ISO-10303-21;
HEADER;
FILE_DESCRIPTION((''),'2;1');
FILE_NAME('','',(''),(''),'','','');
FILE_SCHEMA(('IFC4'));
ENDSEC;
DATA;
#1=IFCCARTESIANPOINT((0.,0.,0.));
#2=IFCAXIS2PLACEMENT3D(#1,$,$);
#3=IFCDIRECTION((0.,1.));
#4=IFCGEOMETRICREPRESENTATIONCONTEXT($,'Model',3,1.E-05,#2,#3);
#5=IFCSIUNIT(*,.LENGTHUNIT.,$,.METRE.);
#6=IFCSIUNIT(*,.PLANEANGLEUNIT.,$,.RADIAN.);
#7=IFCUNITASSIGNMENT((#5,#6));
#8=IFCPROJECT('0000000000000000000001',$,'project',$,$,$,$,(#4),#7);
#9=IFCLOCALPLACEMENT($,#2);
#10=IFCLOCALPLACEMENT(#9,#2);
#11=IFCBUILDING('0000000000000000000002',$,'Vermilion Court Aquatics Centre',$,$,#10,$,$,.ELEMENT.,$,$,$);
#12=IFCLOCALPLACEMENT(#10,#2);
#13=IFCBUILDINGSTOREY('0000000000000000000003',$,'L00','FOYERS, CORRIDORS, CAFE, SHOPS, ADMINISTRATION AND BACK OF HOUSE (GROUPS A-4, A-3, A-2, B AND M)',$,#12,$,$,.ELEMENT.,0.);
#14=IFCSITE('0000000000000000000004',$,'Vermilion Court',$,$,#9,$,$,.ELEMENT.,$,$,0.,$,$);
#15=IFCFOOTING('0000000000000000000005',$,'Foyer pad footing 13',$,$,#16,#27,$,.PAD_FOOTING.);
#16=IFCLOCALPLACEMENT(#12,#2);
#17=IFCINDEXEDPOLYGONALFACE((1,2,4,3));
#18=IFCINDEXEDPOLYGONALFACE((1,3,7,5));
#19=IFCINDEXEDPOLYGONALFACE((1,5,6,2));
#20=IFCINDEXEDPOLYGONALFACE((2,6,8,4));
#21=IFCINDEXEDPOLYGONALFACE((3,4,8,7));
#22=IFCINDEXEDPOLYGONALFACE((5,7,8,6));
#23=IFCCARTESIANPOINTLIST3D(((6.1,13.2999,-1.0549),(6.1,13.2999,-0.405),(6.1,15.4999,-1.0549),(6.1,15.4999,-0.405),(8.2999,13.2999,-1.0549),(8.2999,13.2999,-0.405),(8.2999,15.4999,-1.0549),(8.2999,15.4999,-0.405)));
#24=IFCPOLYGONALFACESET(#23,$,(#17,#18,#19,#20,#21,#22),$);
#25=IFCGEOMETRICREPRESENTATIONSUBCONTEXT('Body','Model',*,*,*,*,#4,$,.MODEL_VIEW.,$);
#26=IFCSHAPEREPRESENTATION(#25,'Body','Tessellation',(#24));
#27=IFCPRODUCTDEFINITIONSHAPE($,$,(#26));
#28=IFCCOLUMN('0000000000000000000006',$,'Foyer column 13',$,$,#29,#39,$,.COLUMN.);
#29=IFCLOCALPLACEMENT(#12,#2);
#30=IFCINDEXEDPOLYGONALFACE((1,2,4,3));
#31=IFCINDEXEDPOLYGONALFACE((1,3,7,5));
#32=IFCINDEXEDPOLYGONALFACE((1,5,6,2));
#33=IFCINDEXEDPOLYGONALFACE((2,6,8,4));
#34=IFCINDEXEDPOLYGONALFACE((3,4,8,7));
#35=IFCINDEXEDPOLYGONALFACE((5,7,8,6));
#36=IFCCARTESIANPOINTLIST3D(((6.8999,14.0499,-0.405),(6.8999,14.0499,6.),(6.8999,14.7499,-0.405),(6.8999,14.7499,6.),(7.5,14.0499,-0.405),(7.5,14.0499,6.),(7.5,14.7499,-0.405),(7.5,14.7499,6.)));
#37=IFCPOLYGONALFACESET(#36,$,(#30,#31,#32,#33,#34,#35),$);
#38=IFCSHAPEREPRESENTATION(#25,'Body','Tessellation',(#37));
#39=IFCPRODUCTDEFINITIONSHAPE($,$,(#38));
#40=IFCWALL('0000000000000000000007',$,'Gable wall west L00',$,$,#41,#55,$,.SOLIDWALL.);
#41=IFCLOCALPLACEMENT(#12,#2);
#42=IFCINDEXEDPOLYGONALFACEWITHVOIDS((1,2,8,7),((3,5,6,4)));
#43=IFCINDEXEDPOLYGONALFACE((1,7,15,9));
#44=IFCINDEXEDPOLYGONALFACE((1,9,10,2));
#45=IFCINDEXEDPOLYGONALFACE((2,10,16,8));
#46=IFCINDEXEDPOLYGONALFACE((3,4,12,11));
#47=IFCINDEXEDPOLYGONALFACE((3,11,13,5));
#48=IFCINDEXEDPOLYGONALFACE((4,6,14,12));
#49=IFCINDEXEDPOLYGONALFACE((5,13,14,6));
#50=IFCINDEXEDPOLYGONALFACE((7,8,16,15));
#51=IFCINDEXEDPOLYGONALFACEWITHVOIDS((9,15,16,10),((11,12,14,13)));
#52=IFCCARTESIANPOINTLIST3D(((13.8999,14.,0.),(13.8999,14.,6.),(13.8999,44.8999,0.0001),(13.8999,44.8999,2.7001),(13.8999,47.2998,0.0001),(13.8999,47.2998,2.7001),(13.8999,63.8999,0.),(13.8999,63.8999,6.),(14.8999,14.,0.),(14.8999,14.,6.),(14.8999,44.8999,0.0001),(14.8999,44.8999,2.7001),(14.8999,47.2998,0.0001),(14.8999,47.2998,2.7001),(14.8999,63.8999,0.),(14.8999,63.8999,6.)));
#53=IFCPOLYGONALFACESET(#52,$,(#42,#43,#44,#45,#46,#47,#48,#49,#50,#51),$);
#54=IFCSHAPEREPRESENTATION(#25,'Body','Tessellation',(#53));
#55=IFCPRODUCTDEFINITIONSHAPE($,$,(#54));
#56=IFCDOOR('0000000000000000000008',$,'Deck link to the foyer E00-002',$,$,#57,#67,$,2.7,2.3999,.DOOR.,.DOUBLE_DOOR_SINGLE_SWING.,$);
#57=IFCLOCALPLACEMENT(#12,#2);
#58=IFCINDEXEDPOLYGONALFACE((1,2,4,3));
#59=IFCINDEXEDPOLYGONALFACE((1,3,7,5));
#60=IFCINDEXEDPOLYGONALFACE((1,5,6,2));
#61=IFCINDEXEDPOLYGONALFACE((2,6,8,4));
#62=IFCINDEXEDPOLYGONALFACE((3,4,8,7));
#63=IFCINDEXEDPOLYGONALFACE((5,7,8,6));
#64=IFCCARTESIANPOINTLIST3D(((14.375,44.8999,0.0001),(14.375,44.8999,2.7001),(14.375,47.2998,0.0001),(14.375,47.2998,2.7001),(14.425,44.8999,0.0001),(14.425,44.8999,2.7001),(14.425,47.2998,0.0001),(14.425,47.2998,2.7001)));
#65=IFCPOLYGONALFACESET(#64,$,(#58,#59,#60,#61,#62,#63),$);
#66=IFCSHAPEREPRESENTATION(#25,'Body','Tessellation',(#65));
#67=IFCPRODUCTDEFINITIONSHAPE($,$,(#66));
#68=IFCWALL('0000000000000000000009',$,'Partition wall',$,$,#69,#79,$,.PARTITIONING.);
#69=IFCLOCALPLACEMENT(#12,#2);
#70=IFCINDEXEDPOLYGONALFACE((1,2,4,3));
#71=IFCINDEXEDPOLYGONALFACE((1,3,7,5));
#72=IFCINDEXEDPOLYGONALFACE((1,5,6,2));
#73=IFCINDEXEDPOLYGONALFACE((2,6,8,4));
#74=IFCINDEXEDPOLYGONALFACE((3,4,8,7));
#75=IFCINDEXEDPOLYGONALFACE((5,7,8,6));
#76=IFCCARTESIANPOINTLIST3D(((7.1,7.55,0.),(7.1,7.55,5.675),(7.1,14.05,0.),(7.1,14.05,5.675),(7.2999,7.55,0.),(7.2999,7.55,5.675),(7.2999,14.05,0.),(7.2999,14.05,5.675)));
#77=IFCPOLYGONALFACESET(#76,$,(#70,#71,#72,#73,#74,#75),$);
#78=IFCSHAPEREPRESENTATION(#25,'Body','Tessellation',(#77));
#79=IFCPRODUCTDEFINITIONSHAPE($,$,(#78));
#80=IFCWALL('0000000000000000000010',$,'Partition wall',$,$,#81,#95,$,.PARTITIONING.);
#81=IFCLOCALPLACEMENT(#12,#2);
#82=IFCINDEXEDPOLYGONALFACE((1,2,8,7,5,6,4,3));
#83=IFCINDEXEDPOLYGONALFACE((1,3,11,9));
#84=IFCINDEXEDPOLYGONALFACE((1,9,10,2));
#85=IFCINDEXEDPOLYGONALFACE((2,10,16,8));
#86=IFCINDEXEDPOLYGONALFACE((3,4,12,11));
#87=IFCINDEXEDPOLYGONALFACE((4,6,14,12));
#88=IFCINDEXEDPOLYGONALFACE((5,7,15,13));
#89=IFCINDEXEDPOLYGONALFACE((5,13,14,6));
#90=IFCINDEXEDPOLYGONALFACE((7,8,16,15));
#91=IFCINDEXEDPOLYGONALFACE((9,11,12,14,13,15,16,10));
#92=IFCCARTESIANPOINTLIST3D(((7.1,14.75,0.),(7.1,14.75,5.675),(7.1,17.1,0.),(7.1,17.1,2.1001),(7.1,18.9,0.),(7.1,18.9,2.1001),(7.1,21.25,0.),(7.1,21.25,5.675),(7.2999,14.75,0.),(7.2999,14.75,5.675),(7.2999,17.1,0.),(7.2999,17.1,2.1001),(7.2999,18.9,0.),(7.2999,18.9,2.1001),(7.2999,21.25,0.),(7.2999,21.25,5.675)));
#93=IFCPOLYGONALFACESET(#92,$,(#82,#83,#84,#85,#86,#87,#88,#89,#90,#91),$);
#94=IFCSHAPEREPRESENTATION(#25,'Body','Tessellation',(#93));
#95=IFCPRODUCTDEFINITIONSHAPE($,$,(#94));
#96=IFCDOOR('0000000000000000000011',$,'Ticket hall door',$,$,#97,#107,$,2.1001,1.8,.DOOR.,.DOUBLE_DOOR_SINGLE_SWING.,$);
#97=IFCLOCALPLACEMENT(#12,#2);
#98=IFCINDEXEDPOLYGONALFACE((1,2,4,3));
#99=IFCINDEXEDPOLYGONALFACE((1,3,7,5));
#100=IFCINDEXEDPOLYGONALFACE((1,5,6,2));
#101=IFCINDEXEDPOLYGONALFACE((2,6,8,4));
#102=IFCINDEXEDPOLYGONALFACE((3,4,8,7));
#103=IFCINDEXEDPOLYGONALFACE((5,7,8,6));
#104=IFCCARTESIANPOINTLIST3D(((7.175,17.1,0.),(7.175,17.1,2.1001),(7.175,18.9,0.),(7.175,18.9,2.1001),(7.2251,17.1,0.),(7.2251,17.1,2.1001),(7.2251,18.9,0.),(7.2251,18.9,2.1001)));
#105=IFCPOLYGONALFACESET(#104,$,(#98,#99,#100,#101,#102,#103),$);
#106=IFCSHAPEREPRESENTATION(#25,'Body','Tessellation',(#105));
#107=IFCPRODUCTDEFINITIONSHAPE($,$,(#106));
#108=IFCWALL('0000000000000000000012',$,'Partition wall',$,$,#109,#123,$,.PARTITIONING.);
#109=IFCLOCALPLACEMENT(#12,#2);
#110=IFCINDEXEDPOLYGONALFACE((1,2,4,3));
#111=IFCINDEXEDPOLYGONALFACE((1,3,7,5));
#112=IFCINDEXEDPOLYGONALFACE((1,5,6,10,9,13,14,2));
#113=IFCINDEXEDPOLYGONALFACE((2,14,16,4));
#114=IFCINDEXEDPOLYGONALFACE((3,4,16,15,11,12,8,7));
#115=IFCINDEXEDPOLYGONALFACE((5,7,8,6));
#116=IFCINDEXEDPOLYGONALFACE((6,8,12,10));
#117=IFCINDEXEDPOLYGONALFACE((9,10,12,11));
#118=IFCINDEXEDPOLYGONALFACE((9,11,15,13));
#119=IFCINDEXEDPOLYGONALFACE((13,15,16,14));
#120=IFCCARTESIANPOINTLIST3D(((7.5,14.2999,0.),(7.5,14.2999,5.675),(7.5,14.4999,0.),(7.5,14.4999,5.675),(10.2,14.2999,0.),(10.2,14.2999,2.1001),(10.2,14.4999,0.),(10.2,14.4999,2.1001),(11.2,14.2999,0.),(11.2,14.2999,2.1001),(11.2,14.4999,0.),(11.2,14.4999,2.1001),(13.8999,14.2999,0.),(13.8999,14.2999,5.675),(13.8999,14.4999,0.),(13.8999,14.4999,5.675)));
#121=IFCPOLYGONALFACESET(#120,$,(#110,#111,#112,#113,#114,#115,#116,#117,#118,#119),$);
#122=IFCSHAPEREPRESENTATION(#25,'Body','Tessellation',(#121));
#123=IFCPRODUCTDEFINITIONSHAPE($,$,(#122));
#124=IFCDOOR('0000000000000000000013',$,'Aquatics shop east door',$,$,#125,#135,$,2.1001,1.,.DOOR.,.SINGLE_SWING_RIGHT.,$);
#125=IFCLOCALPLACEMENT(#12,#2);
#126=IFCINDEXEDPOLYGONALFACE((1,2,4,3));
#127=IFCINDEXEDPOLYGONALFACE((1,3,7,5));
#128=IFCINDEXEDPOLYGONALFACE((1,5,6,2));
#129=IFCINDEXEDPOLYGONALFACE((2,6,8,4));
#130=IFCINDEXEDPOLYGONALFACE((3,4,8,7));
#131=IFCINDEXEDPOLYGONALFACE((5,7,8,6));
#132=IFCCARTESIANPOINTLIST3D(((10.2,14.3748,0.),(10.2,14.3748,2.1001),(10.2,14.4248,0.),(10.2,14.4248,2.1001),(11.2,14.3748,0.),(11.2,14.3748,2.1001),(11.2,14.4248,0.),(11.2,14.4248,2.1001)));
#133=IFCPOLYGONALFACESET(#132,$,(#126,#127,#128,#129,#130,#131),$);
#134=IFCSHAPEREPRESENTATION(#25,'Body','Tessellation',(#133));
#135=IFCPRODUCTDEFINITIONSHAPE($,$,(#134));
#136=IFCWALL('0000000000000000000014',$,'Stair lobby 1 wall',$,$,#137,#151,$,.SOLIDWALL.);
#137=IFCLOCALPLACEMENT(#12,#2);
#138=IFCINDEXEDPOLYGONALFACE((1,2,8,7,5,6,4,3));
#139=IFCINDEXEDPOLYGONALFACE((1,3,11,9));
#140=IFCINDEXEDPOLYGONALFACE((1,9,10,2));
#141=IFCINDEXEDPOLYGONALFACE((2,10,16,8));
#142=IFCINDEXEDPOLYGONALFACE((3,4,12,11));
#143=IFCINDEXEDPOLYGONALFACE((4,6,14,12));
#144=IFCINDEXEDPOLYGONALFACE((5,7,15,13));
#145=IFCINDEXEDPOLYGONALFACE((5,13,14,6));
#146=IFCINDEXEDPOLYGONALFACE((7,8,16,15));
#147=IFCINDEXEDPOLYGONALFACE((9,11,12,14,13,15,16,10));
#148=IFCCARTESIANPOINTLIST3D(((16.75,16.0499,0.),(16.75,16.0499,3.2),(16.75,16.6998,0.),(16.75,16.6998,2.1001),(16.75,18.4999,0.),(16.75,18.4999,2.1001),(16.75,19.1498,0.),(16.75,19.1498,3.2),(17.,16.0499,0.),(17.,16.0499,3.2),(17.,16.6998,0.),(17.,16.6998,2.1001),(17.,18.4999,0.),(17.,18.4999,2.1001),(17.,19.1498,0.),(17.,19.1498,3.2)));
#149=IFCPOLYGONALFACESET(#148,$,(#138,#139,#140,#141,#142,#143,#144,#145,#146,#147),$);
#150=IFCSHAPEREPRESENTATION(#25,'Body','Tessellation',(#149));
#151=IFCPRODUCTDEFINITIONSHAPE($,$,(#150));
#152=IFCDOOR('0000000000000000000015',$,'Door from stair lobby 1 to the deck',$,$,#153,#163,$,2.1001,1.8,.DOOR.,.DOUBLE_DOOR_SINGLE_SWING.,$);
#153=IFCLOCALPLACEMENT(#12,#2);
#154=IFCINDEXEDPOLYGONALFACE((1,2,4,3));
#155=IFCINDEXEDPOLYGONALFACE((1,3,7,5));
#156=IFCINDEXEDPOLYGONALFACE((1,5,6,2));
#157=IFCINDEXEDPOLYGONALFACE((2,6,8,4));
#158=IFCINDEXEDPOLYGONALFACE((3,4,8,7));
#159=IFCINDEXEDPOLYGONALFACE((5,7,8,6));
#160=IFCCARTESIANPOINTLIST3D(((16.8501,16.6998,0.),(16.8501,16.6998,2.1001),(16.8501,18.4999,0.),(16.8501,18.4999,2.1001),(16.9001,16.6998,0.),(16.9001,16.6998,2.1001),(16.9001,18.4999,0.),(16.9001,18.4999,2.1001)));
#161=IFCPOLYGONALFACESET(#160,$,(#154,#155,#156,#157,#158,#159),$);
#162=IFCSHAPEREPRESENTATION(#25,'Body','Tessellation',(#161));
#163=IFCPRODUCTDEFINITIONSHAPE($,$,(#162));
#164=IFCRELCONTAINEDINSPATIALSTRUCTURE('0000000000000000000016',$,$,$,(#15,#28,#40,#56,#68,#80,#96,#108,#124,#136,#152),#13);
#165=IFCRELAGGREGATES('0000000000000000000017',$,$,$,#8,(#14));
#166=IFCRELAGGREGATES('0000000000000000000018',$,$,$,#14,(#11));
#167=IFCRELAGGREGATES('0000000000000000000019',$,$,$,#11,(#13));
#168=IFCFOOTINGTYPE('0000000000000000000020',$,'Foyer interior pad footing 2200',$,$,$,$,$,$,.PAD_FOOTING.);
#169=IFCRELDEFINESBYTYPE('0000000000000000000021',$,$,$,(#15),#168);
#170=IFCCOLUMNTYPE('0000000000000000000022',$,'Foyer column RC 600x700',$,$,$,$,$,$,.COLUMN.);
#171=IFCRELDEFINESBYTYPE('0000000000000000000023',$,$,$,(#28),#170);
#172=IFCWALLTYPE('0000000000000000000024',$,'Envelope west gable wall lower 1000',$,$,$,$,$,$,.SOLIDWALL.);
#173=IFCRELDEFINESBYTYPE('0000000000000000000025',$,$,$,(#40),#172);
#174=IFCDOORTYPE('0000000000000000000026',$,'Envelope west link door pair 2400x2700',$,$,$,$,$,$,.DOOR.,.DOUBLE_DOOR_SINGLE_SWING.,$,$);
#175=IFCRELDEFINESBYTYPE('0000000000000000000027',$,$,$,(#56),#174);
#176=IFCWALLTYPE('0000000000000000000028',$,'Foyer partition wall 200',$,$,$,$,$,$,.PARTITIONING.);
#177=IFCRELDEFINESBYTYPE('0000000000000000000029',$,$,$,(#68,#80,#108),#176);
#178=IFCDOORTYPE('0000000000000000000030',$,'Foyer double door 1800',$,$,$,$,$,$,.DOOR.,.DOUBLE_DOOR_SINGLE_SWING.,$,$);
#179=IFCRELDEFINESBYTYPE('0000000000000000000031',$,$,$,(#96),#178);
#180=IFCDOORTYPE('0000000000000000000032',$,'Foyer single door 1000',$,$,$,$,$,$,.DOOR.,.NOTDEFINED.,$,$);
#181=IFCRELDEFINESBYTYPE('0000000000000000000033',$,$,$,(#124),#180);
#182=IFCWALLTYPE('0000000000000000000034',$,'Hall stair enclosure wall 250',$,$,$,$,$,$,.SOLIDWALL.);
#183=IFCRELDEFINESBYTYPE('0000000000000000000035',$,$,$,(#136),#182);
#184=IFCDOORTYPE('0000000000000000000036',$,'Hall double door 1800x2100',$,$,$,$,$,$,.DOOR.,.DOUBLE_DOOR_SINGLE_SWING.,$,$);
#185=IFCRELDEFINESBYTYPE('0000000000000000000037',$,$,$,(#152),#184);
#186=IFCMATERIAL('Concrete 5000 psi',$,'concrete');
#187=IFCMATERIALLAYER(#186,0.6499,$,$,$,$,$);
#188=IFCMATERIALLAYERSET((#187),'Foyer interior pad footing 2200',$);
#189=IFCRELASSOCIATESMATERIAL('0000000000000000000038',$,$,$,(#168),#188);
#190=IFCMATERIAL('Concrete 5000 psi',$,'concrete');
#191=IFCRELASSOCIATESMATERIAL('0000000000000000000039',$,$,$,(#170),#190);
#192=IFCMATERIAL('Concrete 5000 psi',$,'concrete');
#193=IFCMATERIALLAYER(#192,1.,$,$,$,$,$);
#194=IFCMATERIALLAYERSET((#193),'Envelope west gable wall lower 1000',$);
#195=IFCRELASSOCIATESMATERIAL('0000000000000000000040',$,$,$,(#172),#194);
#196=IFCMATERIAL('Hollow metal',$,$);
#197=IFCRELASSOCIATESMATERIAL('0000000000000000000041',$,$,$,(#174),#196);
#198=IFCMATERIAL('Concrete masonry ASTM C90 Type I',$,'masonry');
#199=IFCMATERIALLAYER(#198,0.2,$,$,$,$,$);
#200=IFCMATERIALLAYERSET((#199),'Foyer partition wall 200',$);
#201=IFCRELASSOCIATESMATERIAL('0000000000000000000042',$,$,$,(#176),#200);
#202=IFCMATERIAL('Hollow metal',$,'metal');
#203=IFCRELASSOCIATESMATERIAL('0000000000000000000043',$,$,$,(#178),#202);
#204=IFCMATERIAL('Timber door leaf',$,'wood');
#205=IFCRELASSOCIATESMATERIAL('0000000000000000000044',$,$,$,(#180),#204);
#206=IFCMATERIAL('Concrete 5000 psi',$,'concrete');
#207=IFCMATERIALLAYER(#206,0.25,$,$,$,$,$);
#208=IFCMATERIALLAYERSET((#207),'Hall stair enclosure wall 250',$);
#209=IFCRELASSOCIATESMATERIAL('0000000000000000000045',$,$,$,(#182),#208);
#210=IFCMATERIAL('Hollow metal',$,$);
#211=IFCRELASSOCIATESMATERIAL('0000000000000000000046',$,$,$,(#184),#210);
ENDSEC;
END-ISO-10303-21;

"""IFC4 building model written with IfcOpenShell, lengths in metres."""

from ifc_helpers import new_model, si_unit, direction, frame, frame_2d, origin, origin_2d, place, context, subcontext, project, spatial, rectangle, extrude, material, layer, layer_set, material_profile, profile_set, type_object, element, fill, save


model = new_model("IFC4")

# Units and contexts
model_context = context("Model", 3, precision=1e-05, world=origin(), true_north=direction((0.0, 1.0)))
body_context = subcontext(model_context, "Body", "Model", "MODEL_VIEW")
ifc_project = project(units=[si_unit("LENGTHUNIT", "METRE"), si_unit("PLANEANGLEUNIT", "RADIAN")], contexts=[model_context])

# Site, building, storey
site_placement = place(None, origin())
site = spatial("IfcSite", under=ifc_project, at=site_placement, Name="Vermilion Court", CompositionType="ELEMENT", RefElevation=0.0)
building_placement = place(site_placement, origin())
building = spatial("IfcBuilding", under=site, at=building_placement, Name="Vermilion Court Aquatics Centre", CompositionType="ELEMENT")
storey_placement = place(building_placement, origin())
storey = spatial("IfcBuildingStorey", under=building, at=storey_placement, Name="L00", Description="FOYERS, CORRIDORS, CAFE, SHOPS, ADMINISTRATION AND BACK OF HOUSE (GROUPS A-4, A-3, A-2, B AND M)", CompositionType="ELEMENT", Elevation=0.0)

# Footing
ifc_material_1 = material(Name="Concrete 5000 psi", Category="concrete")
ifc_layer_1 = layer(ifc_material_1, 0.6499)
ifc_layer_set_1 = layer_set([ifc_layer_1], Name="Foyer interior pad footing 2200")
footing_type = type_object("IfcFootingType", Name="Foyer interior pad footing 2200", PredefinedType="PAD_FOOTING", material=ifc_layer_set_1)
footing_placement = place(storey_placement, frame((7.2, 14.3999, -1.0549), z_axis=(0.0, 0.0, 1.0), x_axis=(1.0, 0.0, 0.0)))
element("IfcFooting", 1, at=footing_placement, inside=storey, type_object=footing_type, Name="Foyer pad footing 13", PredefinedType="PAD_FOOTING", context=body_context, shape_type="SweptSolid", body=[
    extrude(rectangle(XDim=2.2, YDim=2.2, at=origin_2d()), origin(), (0.0, 0.0, 1.0), 0.6499),
])

# Column
ifc_material_2 = material(Name="Concrete 5000 psi", Category="concrete")
ifc_material_profile = material_profile(ifc_material_2, rectangle(XDim=0.6001, YDim=0.7, at=origin_2d()), Name="RC 600x700")
ifc_profile_set = profile_set([ifc_material_profile], Name="Concrete 5000 psi")
column_type = type_object("IfcColumnType", Name="Foyer column RC 600x700", PredefinedType="COLUMN", material=ifc_profile_set)
column_placement = place(storey_placement, frame((7.2, 14.3999, -0.405), z_axis=(0.0, 0.0, 1.0), x_axis=(1.0, 0.0, 0.0)))
element("IfcColumn", 2, at=column_placement, inside=storey, type_object=column_type, Name="Foyer column 13", PredefinedType="COLUMN", context=body_context, shape_type="SweptSolid", body=[
    extrude(rectangle(XDim=0.6001, YDim=0.7, at=origin_2d()), origin(), (0.0, 0.0, 1.0), 6.405),
])

# Wall, opening, door
ifc_material_3 = material(Name="Concrete 5000 psi", Category="concrete")
ifc_layer_2 = layer(ifc_material_3, 1.0)
ifc_layer_set_2 = layer_set([ifc_layer_2], Name="Envelope west gable wall lower 1000")
wall_type_1 = type_object("IfcWallType", Name="Envelope west gable wall lower 1000", PredefinedType="SOLIDWALL", material=ifc_layer_set_2)
wall_1_placement = place(storey_placement, frame((14.3999, 14.0, 0.0), z_axis=(0.0, 0.0, 1.0), x_axis=(0.0, 1.0, 0.0)))
wall_1 = element("IfcWall", 3, at=wall_1_placement, inside=storey, type_object=wall_type_1, Name="Gable wall west L00", PredefinedType="SOLIDWALL", context=body_context, shape_type="SweptSolid", body=[
    extrude(rectangle(XDim=49.8999, YDim=1.0, at=frame_2d((24.95, 0.0))), origin(), (0.0, 0.0, 1.0), 6.0),
])
opening_1_placement = place(wall_1_placement, frame((30.8999, 0.0, 0.0)))
opening_1 = element("IfcOpeningElement", 4, at=opening_1_placement, cuts=wall_1, PredefinedType="OPENING", context=body_context, shape_type="SweptSolid", body=[
    extrude(rectangle(XDim=2.3999, YDim=2.7, at=frame_2d((1.2, 1.3501))), frame((0.0, 0.51, 0.0), z_axis=(0.0, -1.0, 0.0), x_axis=(1.0, 0.0, 0.0)), (0.0, 0.0, 1.0), 1.02),
])
ifc_material_4 = material(Name="Hollow metal")
door_type_1 = type_object("IfcDoorType", Name="Envelope west link door pair 2400x2700", OperationType="DOUBLE_DOOR_SINGLE_SWING", PredefinedType="DOOR", material=ifc_material_4)
door_1_placement = place(opening_1_placement, origin())
door_1 = element("IfcDoor", 5, at=door_1_placement, inside=storey, type_object=door_type_1, Name="Deck link to the foyer E00-002", OperationType="DOUBLE_DOOR_SINGLE_SWING", OverallHeight=2.7, OverallWidth=2.3999, PredefinedType="DOOR", context=body_context, shape_type="SweptSolid", body=[
    extrude(rectangle(XDim=2.3999, YDim=2.7, at=frame_2d((1.2, 1.3501))), frame((0.0, 0.0249, 0.0), z_axis=(0.0, -1.0, 0.0), x_axis=(1.0, 0.0, 0.0)), (0.0, 0.0, 1.0), 0.05),
])
fill(opening_1, door_1)

# Wall
ifc_material_5 = material(Name="Concrete masonry ASTM C90 Type I", Category="masonry")
ifc_layer_3 = layer(ifc_material_5, 0.2)
ifc_layer_set_3 = layer_set([ifc_layer_3], Name="Foyer partition wall 200")
wall_type_2 = type_object("IfcWallType", Name="Foyer partition wall 200", PredefinedType="PARTITIONING", material=ifc_layer_set_3)
wall_2_placement = place(storey_placement, frame((7.2, 7.55, 0.0), z_axis=(0.0, 0.0, 1.0), x_axis=(0.0, 1.0, 0.0)))
element("IfcWall", 6, at=wall_2_placement, inside=storey, type_object=wall_type_2, Name="Partition wall", PredefinedType="PARTITIONING", context=body_context, shape_type="SweptSolid", body=[
    extrude(rectangle(XDim=6.5, YDim=0.2, at=frame_2d((3.25, 0.0))), origin(), (0.0, 0.0, 1.0), 5.675),
])

# Walls, openings, doors
wall_3_placement = place(storey_placement, frame((7.2, 14.75, 0.0), z_axis=(0.0, 0.0, 1.0), x_axis=(0.0, 1.0, 0.0)))
wall_3 = element("IfcWall", 7, at=wall_3_placement, inside=storey, type_object=wall_type_2, Name="Partition wall", PredefinedType="PARTITIONING", context=body_context, shape_type="SweptSolid", body=[
    extrude(rectangle(XDim=6.5, YDim=0.2, at=frame_2d((3.25, 0.0))), origin(), (0.0, 0.0, 1.0), 5.675),
])
opening_2_placement = place(wall_3_placement, frame((2.3501, 0.0, 0.0)))
opening_2 = element("IfcOpeningElement", 8, at=opening_2_placement, cuts=wall_3, PredefinedType="OPENING", context=body_context, shape_type="SweptSolid", body=[
    extrude(rectangle(XDim=1.8, YDim=2.1001, at=frame_2d((0.8999, 1.05))), frame((0.0, 0.1099, 0.0), z_axis=(0.0, -1.0, 0.0), x_axis=(1.0, 0.0, 0.0)), (0.0, 0.0, 1.0), 0.22),
])
ifc_material_6 = material(Name="Hollow metal", Category="metal")
door_type_2 = type_object("IfcDoorType", Name="Foyer double door 1800", OperationType="DOUBLE_DOOR_SINGLE_SWING", PredefinedType="DOOR", material=ifc_material_6)
door_2_placement = place(opening_2_placement, frame((1.8, 0.0, 0.0), z_axis=(0.0, 0.0, 1.0), x_axis=(-1.0, 0.0, 0.0)))
door_2 = element("IfcDoor", 9, at=door_2_placement, inside=storey, type_object=door_type_2, Name="Ticket hall door", OperationType="DOUBLE_DOOR_SINGLE_SWING", OverallHeight=2.1001, OverallWidth=1.8, PredefinedType="DOOR", context=body_context, shape_type="SweptSolid", body=[
    extrude(rectangle(XDim=1.8, YDim=2.1001, at=frame_2d((0.9001, 1.05))), frame((0.0, 0.0251, 0.0), z_axis=(0.0, -1.0, 0.0), x_axis=(1.0, 0.0, 0.0)), (0.0, 0.0, 1.0), 0.05),
])
fill(opening_2, door_2)
wall_4_placement = place(storey_placement, frame((7.5, 14.3999, 0.0), z_axis=(0.0, 0.0, 1.0), x_axis=(1.0, 0.0, 0.0)))
wall_4 = element("IfcWall", 10, at=wall_4_placement, inside=storey, type_object=wall_type_2, Name="Partition wall", PredefinedType="PARTITIONING", context=body_context, shape_type="SweptSolid", body=[
    extrude(rectangle(XDim=6.3999, YDim=0.2, at=frame_2d((3.2, 0.0))), origin(), (0.0, 0.0, 1.0), 5.675),
])
opening_3_placement = place(wall_4_placement, frame((2.7, 0.0, 0.0)))
opening_3 = element("IfcOpeningElement", 11, at=opening_3_placement, cuts=wall_4, PredefinedType="OPENING", context=body_context, shape_type="SweptSolid", body=[
    extrude(rectangle(XDim=1.0, YDim=2.1001, at=frame_2d((0.5, 1.05))), frame((0.0, 0.1099, 0.0), z_axis=(0.0, -1.0, 0.0), x_axis=(1.0, 0.0, 0.0)), (0.0, 0.0, 1.0), 0.22),
])
ifc_material_7 = material(Name="Timber door leaf", Category="wood")
door_type_3 = type_object("IfcDoorType", Name="Foyer single door 1000", OperationType="NOTDEFINED", PredefinedType="DOOR", material=ifc_material_7)
door_3_placement = place(opening_3_placement, origin())
door_3 = element("IfcDoor", 12, at=door_3_placement, inside=storey, type_object=door_type_3, Name="Aquatics shop east door", OperationType="SINGLE_SWING_RIGHT", OverallHeight=2.1001, OverallWidth=1.0, PredefinedType="DOOR", context=body_context, shape_type="SweptSolid", body=[
    extrude(rectangle(XDim=1.0, YDim=2.1001, at=frame_2d((0.5, 1.05))), frame((0.0, 0.0249, 0.0), z_axis=(0.0, -1.0, 0.0), x_axis=(1.0, 0.0, 0.0)), (0.0, 0.0, 1.0), 0.05),
])
fill(opening_3, door_3)
ifc_material_8 = material(Name="Concrete 5000 psi", Category="concrete")
ifc_layer_4 = layer(ifc_material_8, 0.25)
ifc_layer_set_4 = layer_set([ifc_layer_4], Name="Hall stair enclosure wall 250")
wall_type_3 = type_object("IfcWallType", Name="Hall stair enclosure wall 250", PredefinedType="SOLIDWALL", material=ifc_layer_set_4)
wall_5_placement = place(storey_placement, frame((16.875, 16.05, 0.0), z_axis=(0.0, 0.0, 1.0), x_axis=(0.0, 1.0, 0.0)))
wall_5 = element("IfcWall", 13, at=wall_5_placement, inside=storey, type_object=wall_type_3, Name="Stair lobby 1 wall", PredefinedType="SOLIDWALL", context=body_context, shape_type="SweptSolid", body=[
    extrude(rectangle(XDim=3.0999, YDim=0.25, at=frame_2d((1.5498, 0.0))), origin(), (0.0, 0.0, 1.0), 3.2),
])
opening_4_placement = place(wall_5_placement, frame((0.6499, 0.0, 0.0)))
opening_4 = element("IfcOpeningElement", 14, at=opening_4_placement, cuts=wall_5, PredefinedType="OPENING", context=body_context, shape_type="SweptSolid", body=[
    extrude(rectangle(XDim=1.8, YDim=2.1001, at=frame_2d((0.8999, 1.05))), frame((0.0, 0.135, 0.0), z_axis=(0.0, -1.0, 0.0), x_axis=(1.0, 0.0, 0.0)), (0.0, 0.0, 1.0), 0.27),
])
ifc_material_9 = material(Name="Hollow metal")
door_type_4 = type_object("IfcDoorType", Name="Hall double door 1800x2100", OperationType="DOUBLE_DOOR_SINGLE_SWING", PredefinedType="DOOR", material=ifc_material_9)
door_4_placement = place(opening_4_placement, frame((1.8, 0.0, 0.0), z_axis=(0.0, 0.0, 1.0), x_axis=(-1.0, 0.0, 0.0)))
door_4 = element("IfcDoor", 15, at=door_4_placement, inside=storey, type_object=door_type_4, Name="Door from stair lobby 1 to the deck", OperationType="DOUBLE_DOOR_SINGLE_SWING", OverallHeight=2.1001, OverallWidth=1.8, PredefinedType="DOOR", context=body_context, shape_type="SweptSolid", body=[
    extrude(rectangle(XDim=1.8, YDim=2.1001, at=frame_2d((0.9001, 1.05))), frame((0.0, 0.0251, 0.0), z_axis=(0.0, -1.0, 0.0), x_axis=(1.0, 0.0, 0.0)), (0.0, 0.0, 1.0), 0.05),
])
fill(opening_4, door_4)

save(model, "model.ifc")
